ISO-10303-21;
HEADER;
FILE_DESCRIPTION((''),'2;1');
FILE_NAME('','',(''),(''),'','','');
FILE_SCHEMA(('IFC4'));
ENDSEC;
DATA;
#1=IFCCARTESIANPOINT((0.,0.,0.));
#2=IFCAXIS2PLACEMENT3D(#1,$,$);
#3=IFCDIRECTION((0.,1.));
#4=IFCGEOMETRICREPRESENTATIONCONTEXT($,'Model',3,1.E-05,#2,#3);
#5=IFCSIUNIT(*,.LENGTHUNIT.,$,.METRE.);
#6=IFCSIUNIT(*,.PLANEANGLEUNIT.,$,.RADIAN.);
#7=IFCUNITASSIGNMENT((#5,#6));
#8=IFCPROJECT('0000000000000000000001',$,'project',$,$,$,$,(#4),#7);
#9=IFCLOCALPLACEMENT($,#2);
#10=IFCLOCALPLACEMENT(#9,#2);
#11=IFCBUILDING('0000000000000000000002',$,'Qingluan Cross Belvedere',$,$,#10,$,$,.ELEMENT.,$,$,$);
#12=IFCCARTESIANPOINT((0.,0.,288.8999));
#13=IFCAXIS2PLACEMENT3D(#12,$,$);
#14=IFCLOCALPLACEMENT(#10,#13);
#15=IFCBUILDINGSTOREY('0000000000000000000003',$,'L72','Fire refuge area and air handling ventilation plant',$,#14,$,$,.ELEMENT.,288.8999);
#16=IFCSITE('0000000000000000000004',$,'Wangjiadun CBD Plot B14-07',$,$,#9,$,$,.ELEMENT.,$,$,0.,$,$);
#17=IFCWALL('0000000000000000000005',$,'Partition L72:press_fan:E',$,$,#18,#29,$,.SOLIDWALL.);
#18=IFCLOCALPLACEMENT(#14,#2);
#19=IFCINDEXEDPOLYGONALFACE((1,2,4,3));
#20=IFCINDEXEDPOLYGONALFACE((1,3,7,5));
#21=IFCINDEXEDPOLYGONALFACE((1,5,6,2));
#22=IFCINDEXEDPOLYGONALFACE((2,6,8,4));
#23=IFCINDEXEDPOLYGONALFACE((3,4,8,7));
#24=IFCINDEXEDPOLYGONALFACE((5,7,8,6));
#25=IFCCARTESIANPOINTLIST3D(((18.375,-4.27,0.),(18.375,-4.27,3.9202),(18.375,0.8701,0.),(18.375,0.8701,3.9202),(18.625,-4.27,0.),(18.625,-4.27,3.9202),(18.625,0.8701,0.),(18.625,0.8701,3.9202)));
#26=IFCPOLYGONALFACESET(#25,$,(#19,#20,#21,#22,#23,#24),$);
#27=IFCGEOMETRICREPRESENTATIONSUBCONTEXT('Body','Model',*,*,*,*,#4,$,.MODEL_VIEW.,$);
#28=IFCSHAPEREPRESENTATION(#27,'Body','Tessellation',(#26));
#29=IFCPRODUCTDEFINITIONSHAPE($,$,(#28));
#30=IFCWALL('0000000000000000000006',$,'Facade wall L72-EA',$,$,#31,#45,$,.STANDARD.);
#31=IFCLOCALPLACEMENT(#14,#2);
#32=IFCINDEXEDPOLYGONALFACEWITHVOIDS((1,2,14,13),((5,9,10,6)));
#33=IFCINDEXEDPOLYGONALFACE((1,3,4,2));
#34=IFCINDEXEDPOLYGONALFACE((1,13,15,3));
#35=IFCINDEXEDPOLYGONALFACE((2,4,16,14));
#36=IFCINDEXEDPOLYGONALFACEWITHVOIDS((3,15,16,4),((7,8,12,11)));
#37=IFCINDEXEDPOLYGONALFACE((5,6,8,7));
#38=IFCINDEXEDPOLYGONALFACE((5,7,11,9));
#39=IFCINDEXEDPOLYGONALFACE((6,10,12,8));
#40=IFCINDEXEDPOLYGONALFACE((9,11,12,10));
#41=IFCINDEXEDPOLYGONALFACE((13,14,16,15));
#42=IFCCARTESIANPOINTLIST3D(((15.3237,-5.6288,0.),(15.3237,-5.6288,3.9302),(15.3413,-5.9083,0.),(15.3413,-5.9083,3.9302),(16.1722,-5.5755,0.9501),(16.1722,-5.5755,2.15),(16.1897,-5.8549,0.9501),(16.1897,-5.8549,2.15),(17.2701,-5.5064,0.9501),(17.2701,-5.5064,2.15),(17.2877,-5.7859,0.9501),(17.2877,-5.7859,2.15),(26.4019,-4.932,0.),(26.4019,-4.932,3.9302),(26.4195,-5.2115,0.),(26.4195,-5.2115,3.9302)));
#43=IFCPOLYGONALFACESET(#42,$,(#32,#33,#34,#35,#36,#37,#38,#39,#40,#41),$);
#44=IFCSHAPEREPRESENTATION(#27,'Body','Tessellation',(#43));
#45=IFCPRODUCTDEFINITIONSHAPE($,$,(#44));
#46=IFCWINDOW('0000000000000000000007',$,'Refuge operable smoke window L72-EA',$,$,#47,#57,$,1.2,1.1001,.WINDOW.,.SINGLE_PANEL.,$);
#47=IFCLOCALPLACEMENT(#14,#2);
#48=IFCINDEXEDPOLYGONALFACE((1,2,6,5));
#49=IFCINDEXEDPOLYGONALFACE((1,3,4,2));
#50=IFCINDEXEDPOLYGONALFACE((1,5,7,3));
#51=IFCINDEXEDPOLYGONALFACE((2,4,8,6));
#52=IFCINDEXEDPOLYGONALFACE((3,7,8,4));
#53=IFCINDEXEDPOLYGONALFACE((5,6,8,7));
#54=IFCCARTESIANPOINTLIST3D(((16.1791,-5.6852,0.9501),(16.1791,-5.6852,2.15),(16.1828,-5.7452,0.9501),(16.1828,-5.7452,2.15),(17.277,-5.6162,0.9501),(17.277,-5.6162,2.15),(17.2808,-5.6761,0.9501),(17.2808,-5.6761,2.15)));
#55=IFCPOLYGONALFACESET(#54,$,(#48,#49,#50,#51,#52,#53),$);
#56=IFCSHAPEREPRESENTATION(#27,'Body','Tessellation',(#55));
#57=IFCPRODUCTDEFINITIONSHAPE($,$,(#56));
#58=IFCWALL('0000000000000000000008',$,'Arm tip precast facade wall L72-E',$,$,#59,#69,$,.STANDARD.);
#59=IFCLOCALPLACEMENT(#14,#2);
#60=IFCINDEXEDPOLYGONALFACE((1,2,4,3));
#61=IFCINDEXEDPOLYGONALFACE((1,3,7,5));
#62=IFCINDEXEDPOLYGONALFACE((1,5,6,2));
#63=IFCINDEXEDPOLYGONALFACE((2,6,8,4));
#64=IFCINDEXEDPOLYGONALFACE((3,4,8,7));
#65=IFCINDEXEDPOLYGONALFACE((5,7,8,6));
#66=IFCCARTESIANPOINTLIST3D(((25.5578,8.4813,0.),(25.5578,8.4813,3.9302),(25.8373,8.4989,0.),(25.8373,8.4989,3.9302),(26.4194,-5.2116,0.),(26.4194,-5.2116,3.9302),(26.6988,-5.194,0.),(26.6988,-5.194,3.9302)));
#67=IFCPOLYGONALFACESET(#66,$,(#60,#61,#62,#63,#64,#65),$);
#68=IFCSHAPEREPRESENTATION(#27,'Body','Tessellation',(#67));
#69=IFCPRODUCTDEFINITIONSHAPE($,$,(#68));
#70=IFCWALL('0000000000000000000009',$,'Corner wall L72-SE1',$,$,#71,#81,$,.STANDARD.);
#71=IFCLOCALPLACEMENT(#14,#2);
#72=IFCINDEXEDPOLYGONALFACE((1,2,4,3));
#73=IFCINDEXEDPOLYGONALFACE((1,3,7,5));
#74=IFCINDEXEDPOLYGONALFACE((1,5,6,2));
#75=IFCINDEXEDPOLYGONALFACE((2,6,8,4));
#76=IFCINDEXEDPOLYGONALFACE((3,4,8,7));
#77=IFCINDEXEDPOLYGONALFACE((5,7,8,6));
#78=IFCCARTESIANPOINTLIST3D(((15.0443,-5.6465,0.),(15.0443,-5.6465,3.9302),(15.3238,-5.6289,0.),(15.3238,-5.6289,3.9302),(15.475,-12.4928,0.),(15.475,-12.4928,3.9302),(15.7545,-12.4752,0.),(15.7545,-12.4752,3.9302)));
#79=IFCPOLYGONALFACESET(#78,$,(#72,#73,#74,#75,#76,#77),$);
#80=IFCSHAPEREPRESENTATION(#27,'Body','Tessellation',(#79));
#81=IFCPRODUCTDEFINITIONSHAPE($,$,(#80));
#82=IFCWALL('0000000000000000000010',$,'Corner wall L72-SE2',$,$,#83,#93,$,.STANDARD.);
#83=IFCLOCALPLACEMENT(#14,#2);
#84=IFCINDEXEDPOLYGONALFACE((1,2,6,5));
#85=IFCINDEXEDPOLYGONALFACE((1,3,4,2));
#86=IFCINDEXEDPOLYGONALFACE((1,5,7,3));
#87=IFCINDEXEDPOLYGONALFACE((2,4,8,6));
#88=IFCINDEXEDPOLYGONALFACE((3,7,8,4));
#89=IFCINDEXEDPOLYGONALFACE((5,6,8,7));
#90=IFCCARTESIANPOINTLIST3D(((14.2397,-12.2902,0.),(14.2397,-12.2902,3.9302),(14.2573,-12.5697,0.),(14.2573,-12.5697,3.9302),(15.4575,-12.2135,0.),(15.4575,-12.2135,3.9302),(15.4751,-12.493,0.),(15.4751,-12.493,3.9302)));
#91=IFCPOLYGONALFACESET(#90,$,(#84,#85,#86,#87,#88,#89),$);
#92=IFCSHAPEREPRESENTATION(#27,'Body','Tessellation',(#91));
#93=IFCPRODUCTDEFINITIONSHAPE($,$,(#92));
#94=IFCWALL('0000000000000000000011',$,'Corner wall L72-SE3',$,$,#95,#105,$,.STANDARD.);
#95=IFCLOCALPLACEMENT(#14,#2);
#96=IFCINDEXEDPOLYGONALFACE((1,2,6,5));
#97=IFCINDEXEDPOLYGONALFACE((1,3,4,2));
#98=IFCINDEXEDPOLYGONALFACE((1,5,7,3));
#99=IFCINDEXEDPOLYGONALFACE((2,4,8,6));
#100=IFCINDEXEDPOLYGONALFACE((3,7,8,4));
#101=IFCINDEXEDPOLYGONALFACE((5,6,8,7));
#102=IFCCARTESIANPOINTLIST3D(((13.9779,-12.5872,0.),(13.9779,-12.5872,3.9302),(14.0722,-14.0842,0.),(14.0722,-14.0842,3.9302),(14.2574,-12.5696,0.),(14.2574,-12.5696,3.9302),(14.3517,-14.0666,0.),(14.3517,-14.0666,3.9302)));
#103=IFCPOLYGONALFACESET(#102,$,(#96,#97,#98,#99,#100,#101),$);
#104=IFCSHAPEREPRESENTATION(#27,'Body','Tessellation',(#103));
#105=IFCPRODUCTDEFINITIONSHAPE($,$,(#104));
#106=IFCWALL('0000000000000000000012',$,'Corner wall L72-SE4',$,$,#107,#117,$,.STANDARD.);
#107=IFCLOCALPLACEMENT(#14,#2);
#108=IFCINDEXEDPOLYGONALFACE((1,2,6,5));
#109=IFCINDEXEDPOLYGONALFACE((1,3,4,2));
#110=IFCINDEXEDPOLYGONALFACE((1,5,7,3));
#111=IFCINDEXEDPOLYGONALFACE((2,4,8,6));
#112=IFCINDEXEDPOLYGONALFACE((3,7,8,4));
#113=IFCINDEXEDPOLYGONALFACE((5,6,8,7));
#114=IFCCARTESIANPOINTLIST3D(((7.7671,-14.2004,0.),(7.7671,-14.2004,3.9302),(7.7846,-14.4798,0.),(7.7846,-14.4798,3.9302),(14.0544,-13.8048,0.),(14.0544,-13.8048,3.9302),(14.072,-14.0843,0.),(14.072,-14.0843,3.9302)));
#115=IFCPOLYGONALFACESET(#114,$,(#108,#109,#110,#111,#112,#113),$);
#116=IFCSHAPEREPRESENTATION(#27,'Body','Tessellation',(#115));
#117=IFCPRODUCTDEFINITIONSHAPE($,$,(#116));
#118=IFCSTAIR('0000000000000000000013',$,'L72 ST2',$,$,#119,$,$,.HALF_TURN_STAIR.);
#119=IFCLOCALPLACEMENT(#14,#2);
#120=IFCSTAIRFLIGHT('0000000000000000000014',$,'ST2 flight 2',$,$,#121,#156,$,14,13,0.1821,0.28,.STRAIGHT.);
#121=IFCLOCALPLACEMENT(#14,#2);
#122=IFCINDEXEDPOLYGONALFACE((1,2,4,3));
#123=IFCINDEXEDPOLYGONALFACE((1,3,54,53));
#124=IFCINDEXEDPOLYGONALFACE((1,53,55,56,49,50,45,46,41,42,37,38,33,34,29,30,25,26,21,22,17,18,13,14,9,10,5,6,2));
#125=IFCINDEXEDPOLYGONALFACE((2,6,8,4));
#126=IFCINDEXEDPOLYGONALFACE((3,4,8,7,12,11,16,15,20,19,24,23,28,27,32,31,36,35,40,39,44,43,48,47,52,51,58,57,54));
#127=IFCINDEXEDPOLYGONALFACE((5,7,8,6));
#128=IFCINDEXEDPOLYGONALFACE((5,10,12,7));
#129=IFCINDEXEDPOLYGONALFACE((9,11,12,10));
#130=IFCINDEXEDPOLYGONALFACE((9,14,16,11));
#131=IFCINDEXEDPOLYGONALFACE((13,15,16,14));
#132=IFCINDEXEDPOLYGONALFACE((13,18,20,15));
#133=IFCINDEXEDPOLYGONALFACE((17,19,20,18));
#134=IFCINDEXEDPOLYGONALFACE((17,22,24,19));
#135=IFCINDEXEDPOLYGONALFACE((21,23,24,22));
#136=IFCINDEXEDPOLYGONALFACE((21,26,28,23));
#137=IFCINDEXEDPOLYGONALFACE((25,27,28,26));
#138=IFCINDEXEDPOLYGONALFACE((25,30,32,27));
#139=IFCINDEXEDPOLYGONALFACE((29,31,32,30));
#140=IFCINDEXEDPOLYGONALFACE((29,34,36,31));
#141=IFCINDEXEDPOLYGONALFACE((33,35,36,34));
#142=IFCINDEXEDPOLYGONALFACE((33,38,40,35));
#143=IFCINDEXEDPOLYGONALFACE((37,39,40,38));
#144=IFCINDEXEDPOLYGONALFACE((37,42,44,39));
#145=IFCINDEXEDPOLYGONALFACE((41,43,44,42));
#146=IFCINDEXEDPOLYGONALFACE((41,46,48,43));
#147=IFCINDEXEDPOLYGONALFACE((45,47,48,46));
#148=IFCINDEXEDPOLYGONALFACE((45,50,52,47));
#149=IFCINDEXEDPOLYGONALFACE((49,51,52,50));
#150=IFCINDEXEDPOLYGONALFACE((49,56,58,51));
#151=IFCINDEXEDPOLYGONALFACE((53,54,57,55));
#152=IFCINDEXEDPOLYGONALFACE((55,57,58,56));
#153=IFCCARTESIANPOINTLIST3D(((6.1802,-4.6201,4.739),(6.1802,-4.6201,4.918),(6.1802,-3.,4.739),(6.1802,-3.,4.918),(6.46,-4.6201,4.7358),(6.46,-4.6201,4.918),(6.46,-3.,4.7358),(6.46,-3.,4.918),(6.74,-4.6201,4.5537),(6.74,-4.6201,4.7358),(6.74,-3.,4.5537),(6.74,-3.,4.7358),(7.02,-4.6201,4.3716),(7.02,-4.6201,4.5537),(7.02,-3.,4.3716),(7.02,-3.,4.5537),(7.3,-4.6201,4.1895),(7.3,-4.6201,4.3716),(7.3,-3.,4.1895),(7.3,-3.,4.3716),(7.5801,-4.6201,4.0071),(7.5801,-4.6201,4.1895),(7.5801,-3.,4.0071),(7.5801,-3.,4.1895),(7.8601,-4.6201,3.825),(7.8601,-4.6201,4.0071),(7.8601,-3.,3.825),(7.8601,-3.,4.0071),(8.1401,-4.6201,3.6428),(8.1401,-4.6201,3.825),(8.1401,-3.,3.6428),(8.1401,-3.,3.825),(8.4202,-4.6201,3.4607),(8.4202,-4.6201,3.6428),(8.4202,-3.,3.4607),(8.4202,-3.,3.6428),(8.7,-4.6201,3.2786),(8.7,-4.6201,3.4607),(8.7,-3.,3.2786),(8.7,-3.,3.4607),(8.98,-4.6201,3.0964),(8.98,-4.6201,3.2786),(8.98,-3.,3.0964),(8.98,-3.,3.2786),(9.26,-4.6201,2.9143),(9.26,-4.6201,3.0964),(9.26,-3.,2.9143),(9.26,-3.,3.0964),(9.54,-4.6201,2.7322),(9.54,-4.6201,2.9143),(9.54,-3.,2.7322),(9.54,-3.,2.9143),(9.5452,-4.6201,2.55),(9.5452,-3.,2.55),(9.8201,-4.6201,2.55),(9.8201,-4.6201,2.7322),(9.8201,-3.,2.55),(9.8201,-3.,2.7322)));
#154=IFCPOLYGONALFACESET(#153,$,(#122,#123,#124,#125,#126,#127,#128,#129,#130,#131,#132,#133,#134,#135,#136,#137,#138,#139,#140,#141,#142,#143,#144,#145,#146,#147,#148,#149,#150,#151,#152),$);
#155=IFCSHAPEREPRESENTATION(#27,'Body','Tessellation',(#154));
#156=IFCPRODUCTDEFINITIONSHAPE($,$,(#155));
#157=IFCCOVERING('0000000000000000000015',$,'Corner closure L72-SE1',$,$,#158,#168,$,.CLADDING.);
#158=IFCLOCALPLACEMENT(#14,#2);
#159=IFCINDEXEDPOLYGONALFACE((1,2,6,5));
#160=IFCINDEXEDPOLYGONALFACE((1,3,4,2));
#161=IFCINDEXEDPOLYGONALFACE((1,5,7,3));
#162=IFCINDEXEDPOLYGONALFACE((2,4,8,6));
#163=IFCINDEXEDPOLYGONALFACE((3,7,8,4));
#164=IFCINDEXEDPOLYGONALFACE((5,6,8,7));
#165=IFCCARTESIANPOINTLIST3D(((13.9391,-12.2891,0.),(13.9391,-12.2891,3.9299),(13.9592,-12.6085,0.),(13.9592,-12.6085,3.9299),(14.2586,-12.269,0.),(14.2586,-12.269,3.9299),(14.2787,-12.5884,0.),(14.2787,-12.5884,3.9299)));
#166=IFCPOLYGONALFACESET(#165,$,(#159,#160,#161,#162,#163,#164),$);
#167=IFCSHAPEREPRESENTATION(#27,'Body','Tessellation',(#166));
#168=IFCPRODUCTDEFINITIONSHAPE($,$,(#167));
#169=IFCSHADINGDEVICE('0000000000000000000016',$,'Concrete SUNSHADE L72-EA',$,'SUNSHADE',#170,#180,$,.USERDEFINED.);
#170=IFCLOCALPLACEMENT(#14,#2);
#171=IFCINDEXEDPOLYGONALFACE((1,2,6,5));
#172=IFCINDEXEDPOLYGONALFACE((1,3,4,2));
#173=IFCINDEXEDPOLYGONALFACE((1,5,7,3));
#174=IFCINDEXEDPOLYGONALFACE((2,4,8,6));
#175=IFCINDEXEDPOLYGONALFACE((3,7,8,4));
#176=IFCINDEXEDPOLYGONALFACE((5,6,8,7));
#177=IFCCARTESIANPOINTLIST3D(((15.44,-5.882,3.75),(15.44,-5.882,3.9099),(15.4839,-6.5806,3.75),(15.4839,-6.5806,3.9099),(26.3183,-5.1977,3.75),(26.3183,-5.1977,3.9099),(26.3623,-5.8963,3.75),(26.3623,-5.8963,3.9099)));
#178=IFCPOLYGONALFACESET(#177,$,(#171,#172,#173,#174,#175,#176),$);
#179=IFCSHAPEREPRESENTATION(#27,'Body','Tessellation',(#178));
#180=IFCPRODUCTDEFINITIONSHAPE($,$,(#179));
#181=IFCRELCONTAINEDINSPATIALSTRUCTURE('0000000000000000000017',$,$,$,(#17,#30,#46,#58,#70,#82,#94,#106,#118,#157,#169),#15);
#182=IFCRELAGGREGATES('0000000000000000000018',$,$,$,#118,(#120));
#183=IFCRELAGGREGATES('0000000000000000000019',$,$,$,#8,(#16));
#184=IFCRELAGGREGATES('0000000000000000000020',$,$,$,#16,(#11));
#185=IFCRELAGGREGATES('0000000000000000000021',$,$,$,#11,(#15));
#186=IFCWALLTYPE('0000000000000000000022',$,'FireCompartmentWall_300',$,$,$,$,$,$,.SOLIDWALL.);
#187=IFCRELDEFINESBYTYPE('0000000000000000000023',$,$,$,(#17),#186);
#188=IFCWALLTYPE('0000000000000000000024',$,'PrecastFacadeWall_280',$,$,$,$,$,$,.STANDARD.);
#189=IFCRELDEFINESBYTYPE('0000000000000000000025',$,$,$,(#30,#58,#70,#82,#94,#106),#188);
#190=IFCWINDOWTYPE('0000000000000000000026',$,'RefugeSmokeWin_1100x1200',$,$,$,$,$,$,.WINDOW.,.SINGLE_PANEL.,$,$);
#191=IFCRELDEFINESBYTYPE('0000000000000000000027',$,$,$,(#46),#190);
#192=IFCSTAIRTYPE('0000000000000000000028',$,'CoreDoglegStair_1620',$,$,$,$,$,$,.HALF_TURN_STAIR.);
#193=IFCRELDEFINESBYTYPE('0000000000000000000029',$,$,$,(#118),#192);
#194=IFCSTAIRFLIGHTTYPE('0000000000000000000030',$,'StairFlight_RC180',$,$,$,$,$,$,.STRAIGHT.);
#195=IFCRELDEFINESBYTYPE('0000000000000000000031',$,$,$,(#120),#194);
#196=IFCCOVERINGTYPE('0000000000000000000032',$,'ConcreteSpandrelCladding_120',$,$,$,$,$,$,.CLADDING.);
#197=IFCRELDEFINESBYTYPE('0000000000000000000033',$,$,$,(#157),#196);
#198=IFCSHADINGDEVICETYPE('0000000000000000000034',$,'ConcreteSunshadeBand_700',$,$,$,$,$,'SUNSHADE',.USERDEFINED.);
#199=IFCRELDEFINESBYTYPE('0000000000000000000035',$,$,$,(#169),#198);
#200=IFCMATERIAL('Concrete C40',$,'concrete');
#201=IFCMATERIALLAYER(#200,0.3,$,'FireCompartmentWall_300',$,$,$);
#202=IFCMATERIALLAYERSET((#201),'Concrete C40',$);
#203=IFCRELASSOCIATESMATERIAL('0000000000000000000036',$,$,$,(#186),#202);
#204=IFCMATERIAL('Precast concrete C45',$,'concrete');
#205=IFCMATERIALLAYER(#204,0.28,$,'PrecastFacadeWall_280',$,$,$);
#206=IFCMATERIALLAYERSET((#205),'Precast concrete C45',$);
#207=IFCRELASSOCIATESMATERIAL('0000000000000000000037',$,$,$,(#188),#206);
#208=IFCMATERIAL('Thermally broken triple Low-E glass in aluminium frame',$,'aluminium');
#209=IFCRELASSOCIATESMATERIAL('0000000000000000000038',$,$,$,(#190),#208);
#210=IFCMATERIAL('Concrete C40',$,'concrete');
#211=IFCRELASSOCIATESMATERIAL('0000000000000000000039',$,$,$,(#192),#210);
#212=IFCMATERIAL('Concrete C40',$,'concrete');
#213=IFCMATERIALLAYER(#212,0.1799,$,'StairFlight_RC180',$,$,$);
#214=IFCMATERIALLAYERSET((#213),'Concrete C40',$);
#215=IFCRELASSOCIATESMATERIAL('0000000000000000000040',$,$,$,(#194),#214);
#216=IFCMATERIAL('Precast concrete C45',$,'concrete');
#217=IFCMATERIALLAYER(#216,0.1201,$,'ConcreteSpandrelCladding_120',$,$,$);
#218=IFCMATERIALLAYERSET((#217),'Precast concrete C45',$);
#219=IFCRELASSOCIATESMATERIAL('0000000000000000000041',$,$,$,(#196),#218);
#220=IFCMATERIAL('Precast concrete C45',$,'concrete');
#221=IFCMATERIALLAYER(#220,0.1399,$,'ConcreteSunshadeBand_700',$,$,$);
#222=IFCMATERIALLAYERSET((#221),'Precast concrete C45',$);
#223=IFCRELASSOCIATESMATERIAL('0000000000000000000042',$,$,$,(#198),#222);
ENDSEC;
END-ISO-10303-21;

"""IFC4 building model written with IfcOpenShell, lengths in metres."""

from ifc_helpers import new_model, si_unit, direction, frame, frame_2d, origin, origin_2d, place, context, subcontext, project, spatial, polyline, rectangle, outline, extrude, material, layer, layer_set, type_object, element, fill, aggregate, save


model = new_model("IFC4")

# Units and contexts
model_context = context("Model", 3, precision=1e-05, world=origin(), true_north=direction((0.0, 1.0)))
body_context = subcontext(model_context, "Body", "Model", "MODEL_VIEW")
ifc_project = project(units=[si_unit("LENGTHUNIT", "METRE"), si_unit("PLANEANGLEUNIT", "RADIAN")], contexts=[model_context])

# Site, building, storey
site_placement = place(None, origin())
site = spatial("IfcSite", under=ifc_project, at=site_placement, Name="Wangjiadun CBD Plot B14-07", CompositionType="ELEMENT", RefElevation=0.0)
building_placement = place(site_placement, origin())
building = spatial("IfcBuilding", under=site, at=building_placement, Name="Qingluan Cross Belvedere", CompositionType="ELEMENT")
storey_placement = place(building_placement, frame((0.0, 0.0, 288.8999)))
storey = spatial("IfcBuildingStorey", under=building, at=storey_placement, Name="L72", Description="Fire refuge area and air handling ventilation plant", CompositionType="ELEMENT", Elevation=288.8999)

# Shared definitions
ifc_material_1 = material(Name="Concrete C40", Category="concrete")
ifc_layer_1 = layer(ifc_material_1, 0.3, Name="FireCompartmentWall_300")
ifc_layer_set_1 = layer_set([ifc_layer_1], Name="Concrete C40")
wall_type_1 = type_object("IfcWallType", Name="FireCompartmentWall_300", PredefinedType="SOLIDWALL", material=ifc_layer_set_1)

# Wall
wall_1_placement = place(storey_placement, frame((18.5, -4.27, 0.0), z_axis=(0.0, 0.0, 1.0), x_axis=(0.0, 1.0, 0.0)))
element("IfcWall", 1, at=wall_1_placement, inside=storey, type_object=wall_type_1, Name="Partition L72:press_fan:E", PredefinedType="SOLIDWALL", context=body_context, shape_type="SweptSolid", body=[
    extrude(rectangle(XDim=5.1401, YDim=0.25, at=frame_2d((2.5701, 0.0))), origin(), (0.0, 0.0, 1.0), 3.9202),
])

# Wall, opening, window
ifc_material_2 = material(Name="Precast concrete C45", Category="concrete")
ifc_layer_2 = layer(ifc_material_2, 0.28, Name="PrecastFacadeWall_280")
ifc_layer_set_2 = layer_set([ifc_layer_2], Name="Precast concrete C45")
wall_type_2 = type_object("IfcWallType", Name="PrecastFacadeWall_280", PredefinedType="STANDARD", material=ifc_layer_set_2)
wall_2_placement = place(storey_placement, frame((15.3325, -5.7686, 0.0), z_axis=(0.0, 0.0, 1.0), x_axis=(0.998028, 0.062773, 0.0)))
wall_2 = element("IfcWall", 2, at=wall_2_placement, inside=storey, type_object=wall_type_2, Name="Facade wall L72-EA", PredefinedType="STANDARD", context=body_context, shape_type="SweptSolid", body=[
    extrude(rectangle(XDim=11.1001, YDim=0.28, at=frame_2d((5.55, 0.0))), origin(), (0.0, 0.0, 1.0), 3.9302),
])
opening_1_placement = place(wall_2_placement, frame((0.8501, 0.0, 0.95)))
opening_1 = element("IfcOpeningElement", 3, at=opening_1_placement, cuts=wall_2, PredefinedType="OPENING", context=body_context, shape_type="SweptSolid", body=[
    extrude(rectangle(XDim=1.1001, YDim=1.2, at=frame_2d((0.55, 0.6001))), frame((0.0, 0.1499, 0.0), z_axis=(0.0, -1.0, 0.0), x_axis=(1.0, 0.0, 0.0)), (0.0, 0.0, 1.0), 0.3),
])
ifc_material_3 = material(Name="Thermally broken triple Low-E glass in aluminium frame", Category="aluminium")
window_type = type_object("IfcWindowType", Name="RefugeSmokeWin_1100x1200", PartitioningType="SINGLE_PANEL", PredefinedType="WINDOW", material=ifc_material_3)
window_placement = place(opening_1_placement, origin())
window = element("IfcWindow", 4, at=window_placement, inside=storey, type_object=window_type, Name="Refuge operable smoke window L72-EA", OverallHeight=1.2, OverallWidth=1.1001, PartitioningType="SINGLE_PANEL", PredefinedType="WINDOW", context=body_context, shape_type="SweptSolid", body=[
    extrude(rectangle(XDim=1.1001, YDim=1.2, at=frame_2d((0.55, 0.6001))), frame((0.0, 0.03, 0.0), z_axis=(0.0, -1.0, 0.0), x_axis=(1.0, 0.0, 0.0)), (0.0, 0.0, 1.0), 0.0601),
])
fill(opening_1, window)

# Walls
wall_3_placement = place(storey_placement, frame((26.5591, -5.2026, 0.0), z_axis=(0.0, 0.0, 1.0), x_axis=(-0.062797, 0.998026, 0.0)))
element("IfcWall", 5, at=wall_3_placement, inside=storey, type_object=wall_type_2, Name="Arm tip precast facade wall L72-E", PredefinedType="STANDARD", context=body_context, shape_type="SweptSolid", body=[
    extrude(rectangle(XDim=13.72, YDim=0.28, at=frame_2d((6.8599, 0.0))), origin(), (0.0, 0.0, 1.0), 3.9302),
])
wall_4_placement = place(storey_placement, frame((15.1841, -5.6377, 0.0), z_axis=(0.0, 0.0, 1.0), x_axis=(0.062779, -0.998027, 0.0)))
element("IfcWall", 6, at=wall_4_placement, inside=storey, type_object=wall_type_2, Name="Corner wall L72-SE1", PredefinedType="STANDARD", context=body_context, shape_type="SweptSolid", body=[
    extrude(rectangle(XDim=6.8599, YDim=0.28, at=frame_2d((3.4299, 0.0))), origin(), (0.0, 0.0, 1.0), 3.9302),
])
wall_5_placement = place(storey_placement, frame((15.4663, -12.3533, 0.0), z_axis=(0.0, 0.0, 1.0), x_axis=(-0.998024, -0.062827, 0.0)))
element("IfcWall", 7, at=wall_5_placement, inside=storey, type_object=wall_type_2, Name="Corner wall L72-SE2", PredefinedType="STANDARD", context=body_context, shape_type="SweptSolid", body=[
    extrude(rectangle(XDim=1.2202, YDim=0.28, at=frame_2d((0.6101, 0.0))), origin(), (0.0, 0.0, 1.0), 3.9302),
])
wall_6_placement = place(storey_placement, frame((14.1177, -12.5784, 0.0), z_axis=(0.0, 0.0, 1.0), x_axis=(0.062824, -0.998025, 0.0)))
element("IfcWall", 8, at=wall_6_placement, inside=storey, type_object=wall_type_2, Name="Corner wall L72-SE3", PredefinedType="STANDARD", context=body_context, shape_type="SweptSolid", body=[
    extrude(rectangle(XDim=1.5, YDim=0.28, at=frame_2d((0.75, 0.0))), origin(), (0.0, 0.0, 1.0), 3.9302),
])
wall_7_placement = place(storey_placement, frame((14.0632, -13.9446, 0.0), z_axis=(0.0, 0.0, 1.0), x_axis=(-0.998027, -0.062781, 0.0)))
element("IfcWall", 9, at=wall_7_placement, inside=storey, type_object=wall_type_2, Name="Corner wall L72-SE4", PredefinedType="STANDARD", context=body_context, shape_type="SweptSolid", body=[
    extrude(rectangle(XDim=6.2998, YDim=0.28, at=frame_2d((3.1499, 0.0))), origin(), (0.0, 0.0, 1.0), 3.9302),
])

# Stair, stair flight
ifc_material_4 = material(Name="Concrete C40", Category="concrete")
stair_type = type_object("IfcStairType", Name="CoreDoglegStair_1620", PredefinedType="HALF_TURN_STAIR", material=ifc_material_4)
stair_placement = place(storey_placement, origin())
stair = element("IfcStair", 10, at=stair_placement, inside=storey, type_object=stair_type, Name="L72 ST2", PredefinedType="HALF_TURN_STAIR")
ifc_material_5 = material(Name="Concrete C40", Category="concrete")
ifc_layer_3 = layer(ifc_material_5, 0.1799, Name="StairFlight_RC180")
ifc_layer_set_3 = layer_set([ifc_layer_3], Name="Concrete C40")
stair_flight_type = type_object("IfcStairFlightType", Name="StairFlight_RC180", PredefinedType="STRAIGHT", material=ifc_layer_set_3)
stair_flight_placement = place(storey_placement, frame((9.8201, -3.8101, 2.55), z_axis=(0.0, 0.0, 1.0), x_axis=(-1.0, 0.0, 0.0)))
stair_flight = element("IfcStairFlight", 11, at=stair_flight_placement, type_object=stair_flight_type, Name="ST2 flight 2", NumberOfRisers=14, NumberOfTreads=13, PredefinedType="STRAIGHT", RiserHeight=0.1821, TreadLength=0.28, context=body_context, shape_type="SweptSolid", body=[
    extrude(outline(polyline([(0.0, 0.0), (0.0, 0.1821), (0.28, 0.1821), (0.28, 0.3643), (0.5601, 0.3643), (0.5601, 0.5464), (0.8401, 0.5464), (0.8401, 0.7285), (1.1201, 0.7285), (1.1201, 0.9106), (1.3999, 0.9106), (1.3999, 1.0928), (1.6799, 1.0928), (1.6799, 1.2749), (1.96, 1.2749), (1.96, 1.457), (2.24, 1.457), (2.24, 1.6394), (2.52, 1.6394), (2.52, 1.8215), (2.8, 1.8215), (2.8, 2.0037), (3.0801, 2.0037), (3.0801, 2.1858), (3.3601, 2.1858), (3.3601, 2.3679), (3.6399, 2.3679), (3.6399, 2.55), (3.6399, 2.189), (0.2749, 0.0), (0.0, 0.0)])), frame((0.0, 0.8101, 0.0), z_axis=(0.0, -1.0, 0.0), x_axis=(1.0, 0.0, 0.0)), (0.0, 0.0, 1.0), 1.6201),
])
aggregate(stair, [stair_flight])

# Covering
ifc_material_6 = material(Name="Precast concrete C45", Category="concrete")
ifc_layer_4 = layer(ifc_material_6, 0.1201, Name="ConcreteSpandrelCladding_120")
ifc_layer_set_4 = layer_set([ifc_layer_4], Name="Precast concrete C45")
covering_type = type_object("IfcCoveringType", Name="ConcreteSpandrelCladding_120", PredefinedType="CLADDING", material=ifc_layer_set_4)
covering_placement = place(storey_placement, frame((14.1089, -12.4387, 0.0), z_axis=(0.0, 0.0, 1.0), x_axis=(0.998027, 0.062791, 0.0)))
element("IfcCovering", 12, at=covering_placement, inside=storey, type_object=covering_type, Name="Corner closure L72-SE1", PredefinedType="CLADDING", context=body_context, shape_type="SweptSolid", body=[
    extrude(rectangle(XDim=0.3201, YDim=0.3201, at=origin_2d()), origin(), (0.0, 0.0, 1.0), 3.9299),
])

# Shading device
ifc_material_7 = material(Name="Precast concrete C45", Category="concrete")
ifc_layer_5 = layer(ifc_material_7, 0.1399, Name="ConcreteSunshadeBand_700")
ifc_layer_set_5 = layer_set([ifc_layer_5], Name="Precast concrete C45")
shading_device_type_1 = type_object("IfcShadingDeviceType", Name="ConcreteSunshadeBand_700", ElementType="SUNSHADE", PredefinedType="USERDEFINED", material=ifc_layer_set_5)
shading_device_1_placement = place(storey_placement, frame((20.9011, -5.8892, 3.75), z_axis=(0.0, 0.0, 1.0), x_axis=(0.998027, 0.062784, 0.0)))
element("IfcShadingDevice", 13, at=shading_device_1_placement, inside=storey, type_object=shading_device_type_1, Name="Concrete SUNSHADE L72-EA", ObjectType="SUNSHADE", PredefinedType="USERDEFINED", context=body_context, shape_type="SweptSolid", body=[
    extrude(rectangle(XDim=10.8999, YDim=0.7, at=origin_2d()), origin(), (0.0, 0.0, 1.0), 0.1599),
])

save(model, "model.ifc")
